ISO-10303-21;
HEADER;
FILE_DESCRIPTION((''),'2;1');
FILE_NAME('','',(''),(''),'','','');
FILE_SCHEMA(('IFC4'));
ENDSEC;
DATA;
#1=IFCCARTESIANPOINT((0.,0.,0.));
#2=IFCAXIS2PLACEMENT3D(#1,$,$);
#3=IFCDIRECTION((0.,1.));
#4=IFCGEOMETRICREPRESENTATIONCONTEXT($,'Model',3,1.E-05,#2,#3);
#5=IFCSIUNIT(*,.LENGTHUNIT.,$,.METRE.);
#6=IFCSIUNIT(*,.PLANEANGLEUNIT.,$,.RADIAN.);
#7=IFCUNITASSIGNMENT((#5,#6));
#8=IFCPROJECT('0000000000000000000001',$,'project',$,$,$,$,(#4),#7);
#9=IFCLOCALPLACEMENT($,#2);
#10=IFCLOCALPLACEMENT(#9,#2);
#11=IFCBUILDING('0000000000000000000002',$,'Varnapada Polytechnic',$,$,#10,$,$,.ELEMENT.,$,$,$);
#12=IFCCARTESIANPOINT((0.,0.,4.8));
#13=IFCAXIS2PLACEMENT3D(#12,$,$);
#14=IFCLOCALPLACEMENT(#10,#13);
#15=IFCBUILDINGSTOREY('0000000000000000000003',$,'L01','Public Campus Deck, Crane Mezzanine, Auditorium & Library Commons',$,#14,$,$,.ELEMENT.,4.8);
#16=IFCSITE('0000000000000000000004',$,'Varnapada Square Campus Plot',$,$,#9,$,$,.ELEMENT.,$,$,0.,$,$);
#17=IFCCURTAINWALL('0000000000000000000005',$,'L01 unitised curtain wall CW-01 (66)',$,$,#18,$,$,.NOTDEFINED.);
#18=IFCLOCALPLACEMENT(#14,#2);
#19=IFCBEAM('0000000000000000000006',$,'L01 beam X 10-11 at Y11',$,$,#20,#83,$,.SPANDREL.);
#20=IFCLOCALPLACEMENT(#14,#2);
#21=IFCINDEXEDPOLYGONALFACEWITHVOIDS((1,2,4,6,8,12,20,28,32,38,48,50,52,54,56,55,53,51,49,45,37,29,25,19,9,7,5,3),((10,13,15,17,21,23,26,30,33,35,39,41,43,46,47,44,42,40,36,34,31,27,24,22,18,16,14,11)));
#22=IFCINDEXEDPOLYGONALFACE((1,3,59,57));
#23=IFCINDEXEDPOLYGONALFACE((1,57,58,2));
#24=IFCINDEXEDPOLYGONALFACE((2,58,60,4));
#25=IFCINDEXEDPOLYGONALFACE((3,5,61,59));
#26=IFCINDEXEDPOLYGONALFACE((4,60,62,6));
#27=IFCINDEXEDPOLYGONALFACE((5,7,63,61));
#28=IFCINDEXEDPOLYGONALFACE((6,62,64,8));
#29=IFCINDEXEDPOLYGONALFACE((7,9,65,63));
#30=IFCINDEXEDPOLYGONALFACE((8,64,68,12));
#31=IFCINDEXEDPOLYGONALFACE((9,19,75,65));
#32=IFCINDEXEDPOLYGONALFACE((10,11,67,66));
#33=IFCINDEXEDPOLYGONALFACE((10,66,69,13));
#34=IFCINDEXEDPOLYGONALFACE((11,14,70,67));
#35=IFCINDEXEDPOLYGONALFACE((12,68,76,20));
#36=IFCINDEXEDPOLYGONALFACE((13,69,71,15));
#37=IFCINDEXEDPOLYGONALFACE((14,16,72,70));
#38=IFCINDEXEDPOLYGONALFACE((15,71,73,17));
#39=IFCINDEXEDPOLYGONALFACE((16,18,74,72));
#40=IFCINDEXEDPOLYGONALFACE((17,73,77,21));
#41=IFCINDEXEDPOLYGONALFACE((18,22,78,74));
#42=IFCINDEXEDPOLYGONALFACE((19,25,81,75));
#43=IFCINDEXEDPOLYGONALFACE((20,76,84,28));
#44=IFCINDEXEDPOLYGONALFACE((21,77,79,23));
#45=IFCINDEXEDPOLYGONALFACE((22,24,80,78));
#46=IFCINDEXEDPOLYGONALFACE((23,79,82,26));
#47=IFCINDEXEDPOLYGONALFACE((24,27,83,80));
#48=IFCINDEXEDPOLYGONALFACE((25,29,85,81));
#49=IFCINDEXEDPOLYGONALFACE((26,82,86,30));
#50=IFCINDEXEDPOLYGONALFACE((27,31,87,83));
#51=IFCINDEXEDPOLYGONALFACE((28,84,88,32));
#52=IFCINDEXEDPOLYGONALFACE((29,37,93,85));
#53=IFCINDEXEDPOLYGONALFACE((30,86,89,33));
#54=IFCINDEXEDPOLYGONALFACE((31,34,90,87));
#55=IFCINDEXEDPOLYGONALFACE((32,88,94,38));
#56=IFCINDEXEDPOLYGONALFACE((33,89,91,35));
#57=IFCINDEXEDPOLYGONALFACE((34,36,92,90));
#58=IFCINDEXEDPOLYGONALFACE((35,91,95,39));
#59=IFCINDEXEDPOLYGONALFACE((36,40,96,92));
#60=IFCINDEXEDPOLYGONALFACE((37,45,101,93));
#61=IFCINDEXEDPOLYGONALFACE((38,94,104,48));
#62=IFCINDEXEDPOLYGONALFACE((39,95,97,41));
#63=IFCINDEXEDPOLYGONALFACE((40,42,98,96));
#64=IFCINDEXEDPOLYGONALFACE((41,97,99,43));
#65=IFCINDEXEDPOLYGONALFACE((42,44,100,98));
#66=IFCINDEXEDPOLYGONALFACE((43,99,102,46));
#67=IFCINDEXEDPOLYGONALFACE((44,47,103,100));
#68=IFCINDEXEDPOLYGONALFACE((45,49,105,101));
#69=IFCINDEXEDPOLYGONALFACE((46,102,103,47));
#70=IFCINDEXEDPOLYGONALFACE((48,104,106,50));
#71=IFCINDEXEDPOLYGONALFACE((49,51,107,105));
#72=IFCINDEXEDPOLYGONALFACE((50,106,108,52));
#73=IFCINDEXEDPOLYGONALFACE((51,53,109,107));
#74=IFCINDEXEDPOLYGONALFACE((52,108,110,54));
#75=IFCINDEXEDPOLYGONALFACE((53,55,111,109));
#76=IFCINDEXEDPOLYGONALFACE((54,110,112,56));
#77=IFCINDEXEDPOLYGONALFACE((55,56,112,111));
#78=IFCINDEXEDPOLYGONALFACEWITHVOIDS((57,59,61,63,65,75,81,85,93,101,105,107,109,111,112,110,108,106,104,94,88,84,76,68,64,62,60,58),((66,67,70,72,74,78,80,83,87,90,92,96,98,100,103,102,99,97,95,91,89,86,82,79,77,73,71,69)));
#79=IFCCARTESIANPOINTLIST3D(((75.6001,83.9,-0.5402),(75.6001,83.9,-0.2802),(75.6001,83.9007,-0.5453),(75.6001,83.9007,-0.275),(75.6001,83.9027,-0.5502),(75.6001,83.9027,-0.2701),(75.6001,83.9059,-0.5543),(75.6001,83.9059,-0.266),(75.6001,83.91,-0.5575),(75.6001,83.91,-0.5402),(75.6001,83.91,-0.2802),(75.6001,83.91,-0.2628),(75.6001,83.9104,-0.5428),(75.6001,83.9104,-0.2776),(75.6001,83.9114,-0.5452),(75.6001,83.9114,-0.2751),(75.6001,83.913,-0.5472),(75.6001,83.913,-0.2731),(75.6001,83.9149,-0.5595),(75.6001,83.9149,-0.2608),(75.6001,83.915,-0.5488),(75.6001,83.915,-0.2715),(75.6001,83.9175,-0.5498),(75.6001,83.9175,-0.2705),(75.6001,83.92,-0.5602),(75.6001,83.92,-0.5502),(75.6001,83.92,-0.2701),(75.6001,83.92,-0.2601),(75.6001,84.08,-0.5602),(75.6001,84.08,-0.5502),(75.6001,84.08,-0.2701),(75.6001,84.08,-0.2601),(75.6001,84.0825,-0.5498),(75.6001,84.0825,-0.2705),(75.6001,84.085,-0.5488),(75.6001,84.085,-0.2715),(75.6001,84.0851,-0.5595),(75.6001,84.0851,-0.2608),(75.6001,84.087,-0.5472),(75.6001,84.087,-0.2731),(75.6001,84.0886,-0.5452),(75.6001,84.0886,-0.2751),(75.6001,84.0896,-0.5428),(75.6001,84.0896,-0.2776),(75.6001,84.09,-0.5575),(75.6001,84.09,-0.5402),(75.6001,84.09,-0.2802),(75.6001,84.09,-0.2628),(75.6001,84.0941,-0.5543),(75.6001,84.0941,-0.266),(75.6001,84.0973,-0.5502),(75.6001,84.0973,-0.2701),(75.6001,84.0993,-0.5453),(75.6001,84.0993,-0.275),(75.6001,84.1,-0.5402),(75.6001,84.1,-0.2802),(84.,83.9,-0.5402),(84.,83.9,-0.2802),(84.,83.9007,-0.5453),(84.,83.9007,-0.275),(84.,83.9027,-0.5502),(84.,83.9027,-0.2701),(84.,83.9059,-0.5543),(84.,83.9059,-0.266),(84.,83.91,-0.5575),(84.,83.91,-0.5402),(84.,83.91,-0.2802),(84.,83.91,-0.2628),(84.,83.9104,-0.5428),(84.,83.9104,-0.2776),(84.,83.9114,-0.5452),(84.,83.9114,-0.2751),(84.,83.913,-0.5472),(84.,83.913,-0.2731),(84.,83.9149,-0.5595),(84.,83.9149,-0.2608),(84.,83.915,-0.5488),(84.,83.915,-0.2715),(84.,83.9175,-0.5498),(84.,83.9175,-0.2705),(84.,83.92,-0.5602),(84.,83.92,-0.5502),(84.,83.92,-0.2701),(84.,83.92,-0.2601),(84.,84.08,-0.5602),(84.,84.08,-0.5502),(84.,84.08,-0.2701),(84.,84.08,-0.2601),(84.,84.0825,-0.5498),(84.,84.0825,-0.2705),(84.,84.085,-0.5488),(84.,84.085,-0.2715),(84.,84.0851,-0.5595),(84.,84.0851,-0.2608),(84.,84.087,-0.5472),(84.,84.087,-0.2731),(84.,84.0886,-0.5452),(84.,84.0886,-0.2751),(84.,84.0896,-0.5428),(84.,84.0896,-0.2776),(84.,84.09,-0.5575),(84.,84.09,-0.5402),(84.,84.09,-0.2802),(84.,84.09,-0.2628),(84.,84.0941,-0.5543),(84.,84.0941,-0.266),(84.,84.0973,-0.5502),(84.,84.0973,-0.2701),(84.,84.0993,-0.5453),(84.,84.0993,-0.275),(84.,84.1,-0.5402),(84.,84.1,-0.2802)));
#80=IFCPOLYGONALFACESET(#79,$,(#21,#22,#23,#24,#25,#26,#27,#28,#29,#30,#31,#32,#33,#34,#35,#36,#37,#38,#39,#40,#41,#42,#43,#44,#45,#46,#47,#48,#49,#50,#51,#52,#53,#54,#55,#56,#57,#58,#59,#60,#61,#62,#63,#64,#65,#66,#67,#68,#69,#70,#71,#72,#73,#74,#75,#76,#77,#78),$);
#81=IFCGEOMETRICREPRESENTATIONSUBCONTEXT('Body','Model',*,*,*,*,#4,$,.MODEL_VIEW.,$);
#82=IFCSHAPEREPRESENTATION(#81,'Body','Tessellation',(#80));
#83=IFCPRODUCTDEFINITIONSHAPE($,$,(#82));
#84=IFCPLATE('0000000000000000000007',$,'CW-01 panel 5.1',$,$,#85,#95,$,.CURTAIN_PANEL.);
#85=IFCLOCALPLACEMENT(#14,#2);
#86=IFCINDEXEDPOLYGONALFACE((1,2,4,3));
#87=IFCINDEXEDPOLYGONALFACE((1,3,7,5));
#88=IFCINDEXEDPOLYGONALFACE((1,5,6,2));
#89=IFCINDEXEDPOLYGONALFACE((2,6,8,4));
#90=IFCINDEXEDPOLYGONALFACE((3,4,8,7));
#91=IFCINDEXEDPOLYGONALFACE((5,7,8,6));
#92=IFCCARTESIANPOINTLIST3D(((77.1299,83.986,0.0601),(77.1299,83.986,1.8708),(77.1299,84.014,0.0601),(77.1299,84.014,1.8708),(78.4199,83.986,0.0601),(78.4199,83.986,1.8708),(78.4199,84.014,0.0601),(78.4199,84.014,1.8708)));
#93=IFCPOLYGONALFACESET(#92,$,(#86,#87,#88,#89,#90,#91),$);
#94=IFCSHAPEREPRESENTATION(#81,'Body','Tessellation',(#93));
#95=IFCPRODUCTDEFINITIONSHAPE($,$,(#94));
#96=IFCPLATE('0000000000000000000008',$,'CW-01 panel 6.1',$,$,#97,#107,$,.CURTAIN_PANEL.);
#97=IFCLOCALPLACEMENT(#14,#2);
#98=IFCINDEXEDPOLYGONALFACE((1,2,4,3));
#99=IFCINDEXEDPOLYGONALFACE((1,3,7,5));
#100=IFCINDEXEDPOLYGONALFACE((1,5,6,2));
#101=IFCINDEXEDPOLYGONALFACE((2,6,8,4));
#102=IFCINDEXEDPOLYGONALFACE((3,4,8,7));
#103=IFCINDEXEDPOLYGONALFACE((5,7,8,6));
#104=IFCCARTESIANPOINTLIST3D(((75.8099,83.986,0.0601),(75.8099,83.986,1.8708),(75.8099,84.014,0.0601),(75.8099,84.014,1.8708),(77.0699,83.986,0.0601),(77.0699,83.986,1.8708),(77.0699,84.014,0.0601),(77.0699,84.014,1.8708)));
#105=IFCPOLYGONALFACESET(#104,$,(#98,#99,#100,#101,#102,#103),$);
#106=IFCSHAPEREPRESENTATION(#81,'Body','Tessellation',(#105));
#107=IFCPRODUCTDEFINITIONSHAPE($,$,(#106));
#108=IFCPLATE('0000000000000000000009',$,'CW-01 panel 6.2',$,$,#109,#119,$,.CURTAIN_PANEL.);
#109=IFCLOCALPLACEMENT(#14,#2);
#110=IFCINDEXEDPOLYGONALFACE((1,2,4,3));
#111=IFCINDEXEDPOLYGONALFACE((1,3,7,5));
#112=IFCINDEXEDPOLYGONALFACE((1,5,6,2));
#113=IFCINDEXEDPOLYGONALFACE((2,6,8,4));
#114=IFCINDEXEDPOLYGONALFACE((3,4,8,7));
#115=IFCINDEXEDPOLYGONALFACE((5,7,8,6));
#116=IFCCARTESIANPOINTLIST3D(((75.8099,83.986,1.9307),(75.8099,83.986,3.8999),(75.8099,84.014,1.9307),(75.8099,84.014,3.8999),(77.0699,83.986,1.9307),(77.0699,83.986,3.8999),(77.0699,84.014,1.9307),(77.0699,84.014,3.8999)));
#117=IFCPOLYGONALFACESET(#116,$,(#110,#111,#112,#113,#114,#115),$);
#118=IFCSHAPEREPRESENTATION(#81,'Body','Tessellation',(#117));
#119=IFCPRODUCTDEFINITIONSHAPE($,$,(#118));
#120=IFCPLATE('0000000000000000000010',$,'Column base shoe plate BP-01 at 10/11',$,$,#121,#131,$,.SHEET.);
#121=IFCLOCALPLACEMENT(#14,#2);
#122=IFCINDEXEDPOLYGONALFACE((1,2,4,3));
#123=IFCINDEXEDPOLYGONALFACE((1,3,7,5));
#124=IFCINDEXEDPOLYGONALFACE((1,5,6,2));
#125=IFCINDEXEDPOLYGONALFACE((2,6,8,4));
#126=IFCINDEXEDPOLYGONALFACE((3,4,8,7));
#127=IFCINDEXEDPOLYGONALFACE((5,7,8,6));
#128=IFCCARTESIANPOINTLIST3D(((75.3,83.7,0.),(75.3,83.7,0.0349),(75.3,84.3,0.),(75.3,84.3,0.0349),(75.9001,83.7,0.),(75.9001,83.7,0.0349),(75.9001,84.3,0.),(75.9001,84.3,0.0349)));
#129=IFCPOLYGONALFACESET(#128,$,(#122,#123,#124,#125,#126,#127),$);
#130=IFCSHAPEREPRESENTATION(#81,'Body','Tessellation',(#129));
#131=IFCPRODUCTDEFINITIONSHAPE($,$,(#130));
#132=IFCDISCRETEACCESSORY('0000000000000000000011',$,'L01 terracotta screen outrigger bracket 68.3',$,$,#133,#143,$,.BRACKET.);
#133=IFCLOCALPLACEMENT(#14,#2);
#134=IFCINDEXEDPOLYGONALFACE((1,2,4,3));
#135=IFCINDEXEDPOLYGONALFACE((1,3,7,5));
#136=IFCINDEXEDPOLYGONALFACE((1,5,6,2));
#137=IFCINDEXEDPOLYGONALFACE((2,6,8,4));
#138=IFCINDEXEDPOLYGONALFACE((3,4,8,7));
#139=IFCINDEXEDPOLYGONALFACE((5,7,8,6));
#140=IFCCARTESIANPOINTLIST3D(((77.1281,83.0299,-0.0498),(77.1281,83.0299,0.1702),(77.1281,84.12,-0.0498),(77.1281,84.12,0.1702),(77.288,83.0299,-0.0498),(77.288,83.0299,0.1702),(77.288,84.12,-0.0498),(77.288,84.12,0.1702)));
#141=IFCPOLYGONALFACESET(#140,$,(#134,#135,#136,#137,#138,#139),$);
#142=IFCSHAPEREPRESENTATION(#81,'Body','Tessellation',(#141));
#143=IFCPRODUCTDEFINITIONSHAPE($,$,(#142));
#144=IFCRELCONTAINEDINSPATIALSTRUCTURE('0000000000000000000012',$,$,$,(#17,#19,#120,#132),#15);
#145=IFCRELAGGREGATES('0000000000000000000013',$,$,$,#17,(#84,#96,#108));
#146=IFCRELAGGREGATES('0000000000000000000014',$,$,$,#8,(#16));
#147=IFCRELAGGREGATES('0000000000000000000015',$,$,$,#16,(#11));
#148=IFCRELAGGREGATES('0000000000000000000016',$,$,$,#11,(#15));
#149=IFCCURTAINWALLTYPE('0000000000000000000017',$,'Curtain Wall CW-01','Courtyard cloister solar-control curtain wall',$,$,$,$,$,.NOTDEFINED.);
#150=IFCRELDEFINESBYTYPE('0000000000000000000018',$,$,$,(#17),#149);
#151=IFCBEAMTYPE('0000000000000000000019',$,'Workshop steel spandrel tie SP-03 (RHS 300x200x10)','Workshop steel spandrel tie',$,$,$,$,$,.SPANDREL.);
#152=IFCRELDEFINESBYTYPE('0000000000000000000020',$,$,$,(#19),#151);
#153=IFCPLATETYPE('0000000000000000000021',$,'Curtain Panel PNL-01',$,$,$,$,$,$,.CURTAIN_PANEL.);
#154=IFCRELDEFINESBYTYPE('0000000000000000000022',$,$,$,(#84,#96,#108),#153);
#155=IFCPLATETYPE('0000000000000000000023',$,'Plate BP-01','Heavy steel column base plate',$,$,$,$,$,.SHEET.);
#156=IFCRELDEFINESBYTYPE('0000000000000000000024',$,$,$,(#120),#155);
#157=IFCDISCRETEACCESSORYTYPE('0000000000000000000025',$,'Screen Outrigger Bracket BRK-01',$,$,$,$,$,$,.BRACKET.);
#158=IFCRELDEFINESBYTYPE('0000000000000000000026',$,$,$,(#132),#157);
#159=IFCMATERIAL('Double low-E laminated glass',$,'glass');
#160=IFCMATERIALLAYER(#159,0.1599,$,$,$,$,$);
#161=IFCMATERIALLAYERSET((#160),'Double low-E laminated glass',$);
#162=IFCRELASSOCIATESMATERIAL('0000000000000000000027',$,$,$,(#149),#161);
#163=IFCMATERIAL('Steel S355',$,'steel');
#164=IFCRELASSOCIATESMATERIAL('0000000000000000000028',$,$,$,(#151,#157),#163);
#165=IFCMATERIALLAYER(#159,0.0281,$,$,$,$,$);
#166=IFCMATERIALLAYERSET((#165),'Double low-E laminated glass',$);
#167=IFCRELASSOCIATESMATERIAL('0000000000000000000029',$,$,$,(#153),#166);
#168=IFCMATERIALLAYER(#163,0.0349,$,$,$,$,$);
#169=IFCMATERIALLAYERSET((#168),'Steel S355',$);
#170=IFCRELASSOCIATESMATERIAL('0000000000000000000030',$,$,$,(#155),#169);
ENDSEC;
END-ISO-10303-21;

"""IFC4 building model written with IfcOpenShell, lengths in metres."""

from ifc_helpers import new_model, si_unit, direction, frame, origin, origin_2d, place, context, subcontext, project, spatial, rectangle, hollow_rectangle, extrude, material, layer, layer_set, material_profile, profile_set, type_object, element, aggregate, save


model = new_model("IFC4")

# Units and contexts
model_context = context("Model", 3, precision=1e-05, world=origin(), true_north=direction((0.0, 1.0)))
body_context = subcontext(model_context, "Body", "Model", "MODEL_VIEW")
ifc_project = project(units=[si_unit("LENGTHUNIT", "METRE"), si_unit("PLANEANGLEUNIT", "RADIAN")], contexts=[model_context])

# Site, building, storey
site_placement = place(None, origin())
site = spatial("IfcSite", under=ifc_project, at=site_placement, Name="Varnapada Square Campus Plot", CompositionType="ELEMENT", RefElevation=0.0)
building_placement = place(site_placement, origin())
building = spatial("IfcBuilding", under=site, at=building_placement, Name="Varnapada Polytechnic", CompositionType="ELEMENT")
storey_placement = place(building_placement, frame((0.0, 0.0, 4.8)))
storey = spatial("IfcBuildingStorey", under=building, at=storey_placement, Name="L01", Description="Public Campus Deck, Crane Mezzanine, Auditorium & Library Commons", CompositionType="ELEMENT", Elevation=4.8)

# Shared definitions
ifc_material_1 = material(Name="Steel S355", Category="steel")

# Curtain wall
ifc_material_2 = material(Name="Double low-E laminated glass", Category="glass")
ifc_layer_1 = layer(ifc_material_2, 0.1599)
ifc_layer_set_1 = layer_set([ifc_layer_1], Name="Double low-E laminated glass")
curtain_wall_type = type_object("IfcCurtainWallType", Name="Curtain Wall CW-01", Description="Courtyard cloister solar-control curtain wall", PredefinedType="NOTDEFINED", material=ifc_layer_set_1)
curtain_wall_placement = place(storey_placement, origin())
curtain_wall = element("IfcCurtainWall", 1, at=curtain_wall_placement, inside=storey, type_object=curtain_wall_type, Name="L01 unitised curtain wall CW-01 (66)", PredefinedType="NOTDEFINED")

# Beam
ifc_material_profile_1 = material_profile(ifc_material_1, hollow_rectangle(XDim=0.2, YDim=0.3, WallThickness=0.01, InnerFilletRadius=0.01, OuterFilletRadius=0.02, at=origin_2d()), Name="RHS 300x200x10")
ifc_profile_set_1 = profile_set([ifc_material_profile_1], Name="Steel S355")
beam_type_1 = type_object("IfcBeamType", Name="Workshop steel spandrel tie SP-03 (RHS 300x200x10)", Description="Workshop steel spandrel tie", PredefinedType="SPANDREL", material=ifc_profile_set_1)
beam_1_placement = place(storey_placement, frame((75.6001, 84.0, -0.4102), z_axis=(1.0, 0.0, 0.0), x_axis=(0.0, 1.0, 0.0)))
element("IfcBeam", 2, at=beam_1_placement, inside=storey, type_object=beam_type_1, Name="L01 beam X 10-11 at Y11", PredefinedType="SPANDREL", context=body_context, shape_type="SweptSolid", body=[
    extrude(hollow_rectangle(XDim=0.2, YDim=0.3, WallThickness=0.01, InnerFilletRadius=0.01, OuterFilletRadius=0.02, at=origin_2d()), origin(), (0.0, 0.0, 1.0), 8.3999),
])

# Plates
ifc_layer_2 = layer(ifc_material_2, 0.0281)
ifc_layer_set_2 = layer_set([ifc_layer_2], Name="Double low-E laminated glass")
plate_type_1 = type_object("IfcPlateType", Name="Curtain Panel PNL-01", PredefinedType="CURTAIN_PANEL", material=ifc_layer_set_2)
plate_1_placement = place(storey_placement, frame((77.7749, 84.0, 0.0601), z_axis=(0.0, 0.0, 1.0), x_axis=(-1.0, 0.0, 0.0)))
plate_1 = element("IfcPlate", 3, at=plate_1_placement, type_object=plate_type_1, Name="CW-01 panel 5.1", PredefinedType="CURTAIN_PANEL", context=body_context, shape_type="SweptSolid", body=[
    extrude(rectangle(XDim=1.29, YDim=0.0281, at=origin_2d()), origin(), (0.0, 0.0, 1.0), 1.8108),
])
plate_2_placement = place(storey_placement, frame((76.4399, 84.0, 0.0601), z_axis=(0.0, 0.0, 1.0), x_axis=(-1.0, 0.0, 0.0)))
plate_2 = element("IfcPlate", 4, at=plate_2_placement, type_object=plate_type_1, Name="CW-01 panel 6.1", PredefinedType="CURTAIN_PANEL", context=body_context, shape_type="SweptSolid", body=[
    extrude(rectangle(XDim=1.26, YDim=0.0281, at=origin_2d()), origin(), (0.0, 0.0, 1.0), 1.8108),
])
plate_3_placement = place(storey_placement, frame((76.4399, 84.0, 1.9307), z_axis=(0.0, 0.0, 1.0), x_axis=(-1.0, 0.0, 0.0)))
plate_3 = element("IfcPlate", 5, at=plate_3_placement, type_object=plate_type_1, Name="CW-01 panel 6.2", PredefinedType="CURTAIN_PANEL", context=body_context, shape_type="SweptSolid", body=[
    extrude(rectangle(XDim=1.26, YDim=0.0281, at=origin_2d()), origin(), (0.0, 0.0, 1.0), 1.9692),
])
aggregate(curtain_wall, [plate_1, plate_2, plate_3])
ifc_layer_3 = layer(ifc_material_1, 0.0349)
ifc_layer_set_3 = layer_set([ifc_layer_3], Name="Steel S355")
plate_type_2 = type_object("IfcPlateType", Name="Plate BP-01", Description="Heavy steel column base plate", PredefinedType="SHEET", material=ifc_layer_set_3)
plate_4_placement = place(storey_placement, frame((75.6001, 84.0, 0.0), z_axis=(0.0, 0.0, 1.0), x_axis=(1.0, 0.0, 0.0)))
element("IfcPlate", 6, at=plate_4_placement, inside=storey, type_object=plate_type_2, Name="Column base shoe plate BP-01 at 10/11", PredefinedType="SHEET", context=body_context, shape_type="SweptSolid", body=[
    extrude(rectangle(XDim=0.6001, YDim=0.6001, at=origin_2d()), origin(), (0.0, 0.0, 1.0), 0.0349),
])

# Discrete accessory
discrete_accessory_type = type_object("IfcDiscreteAccessoryType", Name="Screen Outrigger Bracket BRK-01", PredefinedType="BRACKET", material=ifc_material_1)
discrete_accessory_placement = place(storey_placement, frame((77.208, 83.575, -0.0498), z_axis=(0.0, 0.0, 1.0), x_axis=(-1.0, 0.0, 0.0)))
element("IfcDiscreteAccessory", 7, at=discrete_accessory_placement, inside=storey, type_object=discrete_accessory_type, Name="L01 terracotta screen outrigger bracket 68.3", PredefinedType="BRACKET", context=body_context, shape_type="SweptSolid", body=[
    extrude(rectangle(XDim=0.1599, YDim=1.0901, at=origin_2d()), origin(), (0.0, 0.0, 1.0), 0.22),
])

save(model, "model.ifc")
